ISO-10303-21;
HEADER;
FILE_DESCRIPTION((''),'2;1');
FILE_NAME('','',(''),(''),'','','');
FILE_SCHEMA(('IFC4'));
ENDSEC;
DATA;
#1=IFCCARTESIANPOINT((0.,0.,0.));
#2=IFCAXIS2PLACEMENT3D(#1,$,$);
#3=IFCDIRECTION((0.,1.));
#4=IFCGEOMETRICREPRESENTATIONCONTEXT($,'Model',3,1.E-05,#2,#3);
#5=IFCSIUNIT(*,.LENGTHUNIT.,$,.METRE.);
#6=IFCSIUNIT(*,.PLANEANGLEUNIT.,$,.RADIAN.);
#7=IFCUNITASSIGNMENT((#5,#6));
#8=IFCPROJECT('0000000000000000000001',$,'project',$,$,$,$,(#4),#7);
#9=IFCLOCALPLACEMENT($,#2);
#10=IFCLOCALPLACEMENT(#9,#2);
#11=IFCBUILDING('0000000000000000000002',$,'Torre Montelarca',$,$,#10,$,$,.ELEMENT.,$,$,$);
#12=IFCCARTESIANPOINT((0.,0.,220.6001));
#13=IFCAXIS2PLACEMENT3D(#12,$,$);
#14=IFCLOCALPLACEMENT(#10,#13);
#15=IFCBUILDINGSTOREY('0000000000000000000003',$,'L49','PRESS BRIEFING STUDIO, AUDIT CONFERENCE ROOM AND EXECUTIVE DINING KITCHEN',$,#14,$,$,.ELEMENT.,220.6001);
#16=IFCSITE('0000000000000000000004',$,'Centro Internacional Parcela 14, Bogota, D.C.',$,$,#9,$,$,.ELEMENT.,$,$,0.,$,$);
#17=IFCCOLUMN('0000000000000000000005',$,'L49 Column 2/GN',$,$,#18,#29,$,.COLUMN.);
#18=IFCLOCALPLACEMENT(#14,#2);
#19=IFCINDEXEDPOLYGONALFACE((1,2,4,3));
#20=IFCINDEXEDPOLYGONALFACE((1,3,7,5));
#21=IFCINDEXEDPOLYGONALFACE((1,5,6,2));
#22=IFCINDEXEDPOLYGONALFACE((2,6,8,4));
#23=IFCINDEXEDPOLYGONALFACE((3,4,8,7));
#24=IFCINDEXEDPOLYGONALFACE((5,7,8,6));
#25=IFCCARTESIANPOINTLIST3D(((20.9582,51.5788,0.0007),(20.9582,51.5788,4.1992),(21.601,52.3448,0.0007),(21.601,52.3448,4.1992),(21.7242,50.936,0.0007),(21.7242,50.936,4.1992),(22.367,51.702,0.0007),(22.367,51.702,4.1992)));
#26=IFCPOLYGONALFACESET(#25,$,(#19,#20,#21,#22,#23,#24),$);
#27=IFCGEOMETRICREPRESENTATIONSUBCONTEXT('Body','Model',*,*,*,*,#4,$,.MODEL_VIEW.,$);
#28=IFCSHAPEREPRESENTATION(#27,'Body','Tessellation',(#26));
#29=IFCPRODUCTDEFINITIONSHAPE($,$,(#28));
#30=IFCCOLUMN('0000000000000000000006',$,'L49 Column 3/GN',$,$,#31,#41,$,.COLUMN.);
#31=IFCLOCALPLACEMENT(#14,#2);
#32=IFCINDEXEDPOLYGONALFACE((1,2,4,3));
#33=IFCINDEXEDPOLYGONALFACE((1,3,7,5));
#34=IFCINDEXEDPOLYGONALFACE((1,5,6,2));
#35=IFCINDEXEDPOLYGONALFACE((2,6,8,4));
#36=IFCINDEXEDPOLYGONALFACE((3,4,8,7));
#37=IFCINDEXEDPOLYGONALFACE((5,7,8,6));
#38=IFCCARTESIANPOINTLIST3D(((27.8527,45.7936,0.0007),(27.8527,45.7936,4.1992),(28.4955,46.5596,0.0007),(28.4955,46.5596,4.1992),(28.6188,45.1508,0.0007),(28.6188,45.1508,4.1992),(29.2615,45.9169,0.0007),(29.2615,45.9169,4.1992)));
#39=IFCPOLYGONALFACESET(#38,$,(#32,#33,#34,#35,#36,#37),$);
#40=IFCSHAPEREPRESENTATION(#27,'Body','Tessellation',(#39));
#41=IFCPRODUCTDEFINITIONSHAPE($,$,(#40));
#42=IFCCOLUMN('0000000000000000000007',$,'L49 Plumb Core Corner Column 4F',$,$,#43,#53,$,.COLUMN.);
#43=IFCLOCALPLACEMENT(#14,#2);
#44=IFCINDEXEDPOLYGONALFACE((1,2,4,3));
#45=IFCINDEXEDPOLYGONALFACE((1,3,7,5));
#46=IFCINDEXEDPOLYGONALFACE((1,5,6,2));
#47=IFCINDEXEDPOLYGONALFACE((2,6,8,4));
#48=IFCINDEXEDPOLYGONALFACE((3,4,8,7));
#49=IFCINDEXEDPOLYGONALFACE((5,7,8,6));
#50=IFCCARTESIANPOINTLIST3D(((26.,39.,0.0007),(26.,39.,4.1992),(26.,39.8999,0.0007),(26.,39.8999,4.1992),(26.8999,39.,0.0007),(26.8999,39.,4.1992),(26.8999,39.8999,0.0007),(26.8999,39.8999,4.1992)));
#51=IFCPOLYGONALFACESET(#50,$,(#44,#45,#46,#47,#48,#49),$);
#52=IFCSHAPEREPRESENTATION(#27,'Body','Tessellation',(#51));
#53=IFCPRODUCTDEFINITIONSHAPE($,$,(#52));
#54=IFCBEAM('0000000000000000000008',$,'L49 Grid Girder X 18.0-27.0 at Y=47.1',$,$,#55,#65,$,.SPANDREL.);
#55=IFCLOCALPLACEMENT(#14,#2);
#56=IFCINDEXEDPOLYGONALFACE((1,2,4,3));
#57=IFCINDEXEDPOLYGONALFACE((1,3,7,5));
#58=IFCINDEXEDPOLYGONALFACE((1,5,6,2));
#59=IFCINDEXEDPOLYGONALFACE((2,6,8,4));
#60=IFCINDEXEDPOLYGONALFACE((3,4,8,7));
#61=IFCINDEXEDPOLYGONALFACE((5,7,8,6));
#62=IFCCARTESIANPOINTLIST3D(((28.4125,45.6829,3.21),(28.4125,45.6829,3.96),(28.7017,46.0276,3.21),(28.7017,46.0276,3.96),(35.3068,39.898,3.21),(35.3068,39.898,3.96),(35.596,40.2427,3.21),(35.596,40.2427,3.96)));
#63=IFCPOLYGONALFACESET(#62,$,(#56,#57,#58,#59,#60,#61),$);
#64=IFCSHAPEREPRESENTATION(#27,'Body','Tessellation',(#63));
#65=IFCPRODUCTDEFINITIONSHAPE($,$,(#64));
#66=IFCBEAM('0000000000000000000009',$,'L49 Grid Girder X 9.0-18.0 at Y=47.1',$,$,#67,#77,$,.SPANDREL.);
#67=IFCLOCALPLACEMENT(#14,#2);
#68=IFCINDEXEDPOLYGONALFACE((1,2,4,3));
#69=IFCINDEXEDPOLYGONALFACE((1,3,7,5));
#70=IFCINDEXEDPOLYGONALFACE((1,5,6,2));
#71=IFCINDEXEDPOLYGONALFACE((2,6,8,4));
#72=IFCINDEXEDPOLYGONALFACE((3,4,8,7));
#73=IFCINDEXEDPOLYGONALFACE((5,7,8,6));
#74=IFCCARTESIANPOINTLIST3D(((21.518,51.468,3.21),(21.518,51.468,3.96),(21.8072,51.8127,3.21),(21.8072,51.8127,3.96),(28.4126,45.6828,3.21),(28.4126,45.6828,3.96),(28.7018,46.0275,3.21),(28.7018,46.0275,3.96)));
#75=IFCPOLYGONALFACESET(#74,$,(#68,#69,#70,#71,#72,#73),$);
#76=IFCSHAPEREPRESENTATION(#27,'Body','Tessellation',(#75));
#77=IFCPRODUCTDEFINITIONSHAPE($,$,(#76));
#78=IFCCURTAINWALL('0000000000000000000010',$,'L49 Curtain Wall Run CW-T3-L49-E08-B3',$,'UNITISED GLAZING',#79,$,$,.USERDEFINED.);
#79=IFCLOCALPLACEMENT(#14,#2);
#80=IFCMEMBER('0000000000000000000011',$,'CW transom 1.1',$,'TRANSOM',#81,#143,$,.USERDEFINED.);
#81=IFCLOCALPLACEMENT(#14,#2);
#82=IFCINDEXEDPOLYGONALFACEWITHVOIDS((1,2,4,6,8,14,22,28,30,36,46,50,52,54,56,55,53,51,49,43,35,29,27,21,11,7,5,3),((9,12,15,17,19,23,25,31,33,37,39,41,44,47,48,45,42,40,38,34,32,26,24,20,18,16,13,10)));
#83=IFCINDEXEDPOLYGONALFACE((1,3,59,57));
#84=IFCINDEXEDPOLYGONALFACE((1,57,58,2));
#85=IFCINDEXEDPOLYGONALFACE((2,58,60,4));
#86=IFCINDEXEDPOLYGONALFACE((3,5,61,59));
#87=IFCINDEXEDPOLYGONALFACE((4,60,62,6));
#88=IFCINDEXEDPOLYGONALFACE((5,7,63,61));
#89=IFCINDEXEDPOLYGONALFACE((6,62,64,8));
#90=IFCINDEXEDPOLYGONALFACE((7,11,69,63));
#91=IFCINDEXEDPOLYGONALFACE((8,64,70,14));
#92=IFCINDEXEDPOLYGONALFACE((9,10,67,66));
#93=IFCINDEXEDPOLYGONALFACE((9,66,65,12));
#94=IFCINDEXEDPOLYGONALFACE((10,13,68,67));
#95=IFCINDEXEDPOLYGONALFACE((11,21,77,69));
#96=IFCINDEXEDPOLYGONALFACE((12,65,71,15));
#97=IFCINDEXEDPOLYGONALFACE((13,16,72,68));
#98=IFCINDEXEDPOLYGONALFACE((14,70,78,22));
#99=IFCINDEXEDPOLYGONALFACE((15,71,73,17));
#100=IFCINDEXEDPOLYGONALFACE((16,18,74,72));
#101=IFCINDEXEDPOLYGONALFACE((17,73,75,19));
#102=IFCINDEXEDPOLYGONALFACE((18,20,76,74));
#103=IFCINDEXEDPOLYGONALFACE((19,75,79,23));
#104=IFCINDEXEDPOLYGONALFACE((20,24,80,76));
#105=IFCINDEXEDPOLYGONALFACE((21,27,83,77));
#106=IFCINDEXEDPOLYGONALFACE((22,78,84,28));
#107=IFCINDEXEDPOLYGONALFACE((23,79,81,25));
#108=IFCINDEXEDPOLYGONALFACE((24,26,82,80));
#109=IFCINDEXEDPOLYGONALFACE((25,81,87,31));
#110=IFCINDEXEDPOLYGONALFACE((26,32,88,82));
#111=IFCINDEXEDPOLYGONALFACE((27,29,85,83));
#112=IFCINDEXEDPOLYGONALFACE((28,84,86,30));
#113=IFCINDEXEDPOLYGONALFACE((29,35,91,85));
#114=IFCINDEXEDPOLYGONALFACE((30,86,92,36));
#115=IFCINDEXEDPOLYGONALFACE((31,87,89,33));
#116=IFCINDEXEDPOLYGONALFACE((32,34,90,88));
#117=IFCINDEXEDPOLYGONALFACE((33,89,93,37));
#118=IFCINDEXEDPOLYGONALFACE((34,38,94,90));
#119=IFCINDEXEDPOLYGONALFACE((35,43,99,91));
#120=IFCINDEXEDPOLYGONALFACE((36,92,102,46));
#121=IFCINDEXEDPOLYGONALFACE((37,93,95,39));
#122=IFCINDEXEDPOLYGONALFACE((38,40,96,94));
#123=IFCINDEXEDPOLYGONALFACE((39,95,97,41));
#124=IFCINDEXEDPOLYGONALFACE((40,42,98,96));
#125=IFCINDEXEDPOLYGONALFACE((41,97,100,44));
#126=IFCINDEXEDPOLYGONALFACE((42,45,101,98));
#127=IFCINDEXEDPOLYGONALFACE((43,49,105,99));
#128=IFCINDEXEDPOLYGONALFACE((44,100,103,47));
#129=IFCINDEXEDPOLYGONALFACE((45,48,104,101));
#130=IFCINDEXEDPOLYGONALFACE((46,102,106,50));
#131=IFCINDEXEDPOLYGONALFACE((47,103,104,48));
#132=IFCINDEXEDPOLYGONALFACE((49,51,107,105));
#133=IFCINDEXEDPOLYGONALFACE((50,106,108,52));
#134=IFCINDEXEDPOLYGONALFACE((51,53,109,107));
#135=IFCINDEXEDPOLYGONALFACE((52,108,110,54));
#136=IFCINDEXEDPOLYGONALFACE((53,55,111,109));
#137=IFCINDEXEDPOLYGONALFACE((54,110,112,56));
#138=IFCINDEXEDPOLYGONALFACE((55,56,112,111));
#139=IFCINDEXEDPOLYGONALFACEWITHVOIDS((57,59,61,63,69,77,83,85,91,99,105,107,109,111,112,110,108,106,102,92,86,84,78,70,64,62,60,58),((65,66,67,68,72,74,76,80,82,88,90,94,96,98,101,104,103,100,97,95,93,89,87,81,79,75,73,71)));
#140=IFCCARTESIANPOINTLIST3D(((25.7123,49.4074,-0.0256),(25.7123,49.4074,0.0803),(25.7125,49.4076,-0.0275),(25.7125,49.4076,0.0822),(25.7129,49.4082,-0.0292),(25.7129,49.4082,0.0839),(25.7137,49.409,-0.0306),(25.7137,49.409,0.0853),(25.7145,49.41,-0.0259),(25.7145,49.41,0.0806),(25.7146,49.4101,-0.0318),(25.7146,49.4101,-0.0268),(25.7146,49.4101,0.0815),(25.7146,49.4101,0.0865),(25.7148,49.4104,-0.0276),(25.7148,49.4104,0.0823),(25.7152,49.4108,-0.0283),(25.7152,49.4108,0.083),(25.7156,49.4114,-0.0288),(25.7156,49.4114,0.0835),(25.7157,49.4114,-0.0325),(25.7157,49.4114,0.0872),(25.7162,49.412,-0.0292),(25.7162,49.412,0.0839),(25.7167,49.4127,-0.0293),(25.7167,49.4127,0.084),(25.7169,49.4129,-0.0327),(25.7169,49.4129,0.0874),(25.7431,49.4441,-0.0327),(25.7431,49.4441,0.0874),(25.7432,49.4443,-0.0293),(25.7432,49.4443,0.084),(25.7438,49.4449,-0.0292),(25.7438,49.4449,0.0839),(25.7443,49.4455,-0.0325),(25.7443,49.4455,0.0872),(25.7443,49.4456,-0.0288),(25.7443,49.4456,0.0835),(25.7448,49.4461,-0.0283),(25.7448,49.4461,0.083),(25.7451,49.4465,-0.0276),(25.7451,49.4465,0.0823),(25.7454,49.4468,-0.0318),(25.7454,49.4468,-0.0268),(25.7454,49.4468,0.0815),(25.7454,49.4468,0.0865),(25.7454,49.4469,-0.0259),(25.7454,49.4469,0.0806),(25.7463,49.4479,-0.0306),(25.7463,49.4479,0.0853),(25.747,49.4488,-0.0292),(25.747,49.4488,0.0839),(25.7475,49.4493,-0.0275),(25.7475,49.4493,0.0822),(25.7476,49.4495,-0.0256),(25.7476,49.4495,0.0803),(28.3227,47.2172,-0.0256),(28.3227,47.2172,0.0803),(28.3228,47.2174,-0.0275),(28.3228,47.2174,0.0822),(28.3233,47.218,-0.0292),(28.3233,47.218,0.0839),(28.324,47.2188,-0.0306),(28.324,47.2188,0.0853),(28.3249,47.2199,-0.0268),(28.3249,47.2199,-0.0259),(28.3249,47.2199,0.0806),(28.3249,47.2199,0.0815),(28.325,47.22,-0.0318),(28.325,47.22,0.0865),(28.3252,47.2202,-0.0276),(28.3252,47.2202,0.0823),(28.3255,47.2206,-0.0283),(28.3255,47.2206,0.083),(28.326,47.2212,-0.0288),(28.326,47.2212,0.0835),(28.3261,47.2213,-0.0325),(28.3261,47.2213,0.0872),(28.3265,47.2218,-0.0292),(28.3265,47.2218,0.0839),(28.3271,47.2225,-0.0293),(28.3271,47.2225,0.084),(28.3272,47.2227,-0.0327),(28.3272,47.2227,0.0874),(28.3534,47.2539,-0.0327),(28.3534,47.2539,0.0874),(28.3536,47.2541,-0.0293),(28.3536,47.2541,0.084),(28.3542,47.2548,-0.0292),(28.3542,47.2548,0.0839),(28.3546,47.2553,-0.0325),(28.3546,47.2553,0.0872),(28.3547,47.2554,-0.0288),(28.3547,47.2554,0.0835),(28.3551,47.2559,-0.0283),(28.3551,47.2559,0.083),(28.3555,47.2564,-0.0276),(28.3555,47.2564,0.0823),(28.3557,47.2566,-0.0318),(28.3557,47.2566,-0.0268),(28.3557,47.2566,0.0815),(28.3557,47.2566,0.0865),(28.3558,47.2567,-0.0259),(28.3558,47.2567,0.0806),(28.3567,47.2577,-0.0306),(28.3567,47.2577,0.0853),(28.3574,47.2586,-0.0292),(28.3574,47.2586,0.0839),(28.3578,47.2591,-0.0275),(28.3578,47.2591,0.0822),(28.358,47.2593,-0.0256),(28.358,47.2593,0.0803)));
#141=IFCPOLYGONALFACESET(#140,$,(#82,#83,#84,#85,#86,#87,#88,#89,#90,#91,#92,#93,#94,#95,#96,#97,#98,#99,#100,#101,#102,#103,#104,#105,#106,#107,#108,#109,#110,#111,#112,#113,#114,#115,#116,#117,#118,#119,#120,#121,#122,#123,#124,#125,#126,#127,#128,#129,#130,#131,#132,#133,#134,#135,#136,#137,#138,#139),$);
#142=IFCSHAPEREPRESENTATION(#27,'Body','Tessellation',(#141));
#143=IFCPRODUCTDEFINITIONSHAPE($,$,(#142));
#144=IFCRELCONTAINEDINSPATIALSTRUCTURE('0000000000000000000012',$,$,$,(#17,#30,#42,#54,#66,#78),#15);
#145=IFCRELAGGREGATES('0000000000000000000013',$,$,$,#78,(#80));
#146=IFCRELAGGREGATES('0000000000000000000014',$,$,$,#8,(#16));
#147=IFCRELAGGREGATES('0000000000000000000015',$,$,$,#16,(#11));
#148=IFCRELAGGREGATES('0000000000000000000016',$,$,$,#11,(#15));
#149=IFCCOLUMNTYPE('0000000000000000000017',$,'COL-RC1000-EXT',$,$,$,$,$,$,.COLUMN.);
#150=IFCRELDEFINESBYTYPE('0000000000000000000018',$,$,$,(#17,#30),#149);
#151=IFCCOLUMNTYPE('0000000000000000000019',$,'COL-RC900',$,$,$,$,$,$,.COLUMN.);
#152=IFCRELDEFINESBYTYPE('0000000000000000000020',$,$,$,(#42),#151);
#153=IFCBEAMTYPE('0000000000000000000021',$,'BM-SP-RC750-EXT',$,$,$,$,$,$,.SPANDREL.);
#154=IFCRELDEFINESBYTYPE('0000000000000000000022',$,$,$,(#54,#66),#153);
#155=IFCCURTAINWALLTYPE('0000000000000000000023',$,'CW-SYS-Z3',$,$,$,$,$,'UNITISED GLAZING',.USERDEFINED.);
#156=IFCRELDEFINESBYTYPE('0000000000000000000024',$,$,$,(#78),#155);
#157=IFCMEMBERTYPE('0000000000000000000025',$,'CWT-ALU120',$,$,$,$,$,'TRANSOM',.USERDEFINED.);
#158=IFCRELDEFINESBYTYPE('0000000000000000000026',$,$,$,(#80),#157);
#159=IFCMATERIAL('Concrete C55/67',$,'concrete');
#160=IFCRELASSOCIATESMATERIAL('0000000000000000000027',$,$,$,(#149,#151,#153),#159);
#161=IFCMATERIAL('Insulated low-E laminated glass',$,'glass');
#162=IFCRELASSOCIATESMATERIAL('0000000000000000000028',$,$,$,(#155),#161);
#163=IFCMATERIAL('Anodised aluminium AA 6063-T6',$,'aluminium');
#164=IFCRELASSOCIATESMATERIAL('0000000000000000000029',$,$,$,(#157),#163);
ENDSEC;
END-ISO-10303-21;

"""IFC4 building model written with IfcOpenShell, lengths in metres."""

from ifc_helpers import new_model, si_unit, direction, frame, origin, origin_2d, place, context, subcontext, project, spatial, rectangle, hollow_rectangle, extrude, source, transform, mapped, material, material_profile, profile_set, type_object, element, aggregate, save


model = new_model("IFC4")

# Units and contexts
model_context = context("Model", 3, precision=1e-05, world=origin(), true_north=direction((0.0, 1.0)))
body_context = subcontext(model_context, "Body", "Model", "MODEL_VIEW")
ifc_project = project(units=[si_unit("LENGTHUNIT", "METRE"), si_unit("PLANEANGLEUNIT", "RADIAN")], contexts=[model_context])

# Site, building, storey
site_placement = place(None, origin())
site = spatial("IfcSite", under=ifc_project, at=site_placement, Name="Centro Internacional Parcela 14, Bogota, D.C.", CompositionType="ELEMENT", RefElevation=0.0)
building_placement = place(site_placement, origin())
building = spatial("IfcBuilding", under=site, at=building_placement, Name="Torre Montelarca", CompositionType="ELEMENT")
storey_placement = place(building_placement, frame((0.0, 0.0, 220.6001)))
storey = spatial("IfcBuildingStorey", under=building, at=storey_placement, Name="L49", Description="PRESS BRIEFING STUDIO, AUDIT CONFERENCE ROOM AND EXECUTIVE DINING KITCHEN", CompositionType="ELEMENT", Elevation=220.6001)

# Columns
ifc_material_1 = material(Name="Concrete C55/67", Category="concrete")
ifc_material_profile_1 = material_profile(ifc_material_1, rectangle(XDim=1.0, YDim=1.0, at=origin_2d()), Name="RC1000X1000", Category="concrete")
ifc_profile_set_1 = profile_set([ifc_material_profile_1], Name="Concrete C55/67")
column_type_1 = type_object("IfcColumnType", Name="COL-RC1000-EXT", PredefinedType="COLUMN", material=ifc_profile_set_1)
shared_shape_1 = source(origin(), body_context, "Body", "SweptSolid", [
    extrude(rectangle(XDim=1.0, YDim=1.0, at=origin_2d()), origin(), (0.0, 0.0, 1.0), 4.1985),
])
for number, where, z_axis, x_axis, name in (
    (1, (21.6626, 51.6404, 0.0007), (0.0, 0.0, 1.0), (-0.766044, 0.642788, 0.0), "L49 Column 2/GN"),
    (2, (28.5571, 45.8552, 0.0007), (0.0, 0.0, 1.0), (-0.766044, 0.642788, 0.0), "L49 Column 3/GN"),
):
    element("IfcColumn", number, at=place(storey_placement, frame(where, z_axis=z_axis, x_axis=x_axis)), inside=storey, type_object=column_type_1, Name=name, PredefinedType="COLUMN", context=body_context, shape_type="MappedRepresentation", body=[
        mapped(shared_shape_1, transform((0.0, 0.0, 0.0), scale=1.0)),
    ])
ifc_material_profile_2 = material_profile(ifc_material_1, rectangle(XDim=0.8999, YDim=0.8999, at=origin_2d()), Name="RC900X900", Category="concrete")
ifc_profile_set_2 = profile_set([ifc_material_profile_2], Name="Concrete C55/67")
column_type_2 = type_object("IfcColumnType", Name="COL-RC900", PredefinedType="COLUMN", material=ifc_profile_set_2)
shared_shape_2 = source(origin(), body_context, "Body", "SweptSolid", [
    extrude(rectangle(XDim=0.8999, YDim=0.8999, at=origin_2d()), origin(), (0.0, 0.0, 1.0), 4.1985),
])
column_placement = place(storey_placement, frame((26.45, 39.45, 0.0007), z_axis=(0.0, 0.0, 1.0), x_axis=(1.0, 0.0, 0.0)))
element("IfcColumn", 3, at=column_placement, inside=storey, type_object=column_type_2, Name="L49 Plumb Core Corner Column 4F", PredefinedType="COLUMN", context=body_context, shape_type="MappedRepresentation", body=[
    mapped(shared_shape_2, transform((0.0, 0.0, 0.0), scale=1.0)),
])

# Beams
ifc_material_profile_3 = material_profile(ifc_material_1, rectangle(XDim=0.45, YDim=0.75, at=origin_2d()), Name="RCB450X750", Category="concrete")
ifc_profile_set_3 = profile_set([ifc_material_profile_3], Name="Concrete C55/67")
beam_type = type_object("IfcBeamType", Name="BM-SP-RC750-EXT", PredefinedType="SPANDREL", material=ifc_profile_set_3)
shared_shape_3 = source(origin(), body_context, "Body", "SweptSolid", [
    extrude(rectangle(XDim=0.45, YDim=0.75, at=origin_2d()), origin(), (0.0, 0.0, 1.0), 8.9998),
])
beam_1_placement = place(storey_placement, frame((28.5571, 45.8552, 3.585), z_axis=(0.766049, -0.642782, 0.0), x_axis=(0.642782, 0.766049, 0.0)))
element("IfcBeam", 4, at=beam_1_placement, inside=storey, type_object=beam_type, Name="L49 Grid Girder X 18.0-27.0 at Y=47.1", PredefinedType="SPANDREL", context=body_context, shape_type="MappedRepresentation", body=[
    mapped(shared_shape_3, transform((0.0, 0.0, 0.0), scale=1.0)),
])
shared_shape_4 = source(origin(), body_context, "Body", "SweptSolid", [
    extrude(rectangle(XDim=0.45, YDim=0.75, at=origin_2d()), origin(), (0.0, 0.0, 1.0), 9.0002),
])
beam_2_placement = place(storey_placement, frame((21.6626, 51.6404, 3.585), z_axis=(0.766047, -0.642785, 0.0), x_axis=(0.642785, 0.766047, 0.0)))
element("IfcBeam", 5, at=beam_2_placement, inside=storey, type_object=beam_type, Name="L49 Grid Girder X 9.0-18.0 at Y=47.1", PredefinedType="SPANDREL", context=body_context, shape_type="MappedRepresentation", body=[
    mapped(shared_shape_4, transform((0.0, 0.0, 0.0), scale=1.0)),
])

# Curtain wall, member
ifc_material_2 = material(Name="Insulated low-E laminated glass", Category="glass")
curtain_wall_type = type_object("IfcCurtainWallType", Name="CW-SYS-Z3", ElementType="UNITISED GLAZING", PredefinedType="USERDEFINED", material=ifc_material_2)
curtain_wall_placement = place(storey_placement, origin())
curtain_wall = element("IfcCurtainWall", 6, at=curtain_wall_placement, inside=storey, type_object=curtain_wall_type, Name="L49 Curtain Wall Run CW-T3-L49-E08-B3", ObjectType="UNITISED GLAZING", PredefinedType="USERDEFINED")
ifc_material_3 = material(Name="Anodised aluminium AA 6063-T6", Category="aluminium")
ifc_material_profile_4 = material_profile(ifc_material_3, hollow_rectangle(XDim=0.0549, YDim=0.1201, WallThickness=0.0034, InnerFilletRadius=0.0034, OuterFilletRadius=0.0071, at=origin_2d()), Name="ALU55X120X3.5", Category="aluminium")
ifc_profile_set_4 = profile_set([ifc_material_profile_4], Name="Anodised aluminium AA 6063-T6")
member_type_1 = type_object("IfcMemberType", Name="CWT-ALU120", ElementType="TRANSOM", PredefinedType="USERDEFINED", material=ifc_profile_set_4)
shared_shape_5 = source(origin(), body_context, "Body", "SweptSolid", [
    extrude(hollow_rectangle(XDim=0.0549, YDim=0.1201, WallThickness=0.0034, InnerFilletRadius=0.0034, OuterFilletRadius=0.0071, at=origin_2d()), origin(), (0.0, 0.0, 1.0), 3.4075),
])
member_1_placement = place(storey_placement, frame((28.3403, 47.2383, 0.0273), z_axis=(-0.766067, 0.64276, 0.0), x_axis=(-0.64276, -0.766067, 0.0)))
member_1 = element("IfcMember", 7, at=member_1_placement, type_object=member_type_1, Name="CW transom 1.1", ObjectType="TRANSOM", PredefinedType="USERDEFINED", context=body_context, shape_type="MappedRepresentation", body=[
    mapped(shared_shape_5, transform((0.0, 0.0, 0.0), scale=1.0)),
])
aggregate(curtain_wall, [member_1])

save(model, "model.ifc")
